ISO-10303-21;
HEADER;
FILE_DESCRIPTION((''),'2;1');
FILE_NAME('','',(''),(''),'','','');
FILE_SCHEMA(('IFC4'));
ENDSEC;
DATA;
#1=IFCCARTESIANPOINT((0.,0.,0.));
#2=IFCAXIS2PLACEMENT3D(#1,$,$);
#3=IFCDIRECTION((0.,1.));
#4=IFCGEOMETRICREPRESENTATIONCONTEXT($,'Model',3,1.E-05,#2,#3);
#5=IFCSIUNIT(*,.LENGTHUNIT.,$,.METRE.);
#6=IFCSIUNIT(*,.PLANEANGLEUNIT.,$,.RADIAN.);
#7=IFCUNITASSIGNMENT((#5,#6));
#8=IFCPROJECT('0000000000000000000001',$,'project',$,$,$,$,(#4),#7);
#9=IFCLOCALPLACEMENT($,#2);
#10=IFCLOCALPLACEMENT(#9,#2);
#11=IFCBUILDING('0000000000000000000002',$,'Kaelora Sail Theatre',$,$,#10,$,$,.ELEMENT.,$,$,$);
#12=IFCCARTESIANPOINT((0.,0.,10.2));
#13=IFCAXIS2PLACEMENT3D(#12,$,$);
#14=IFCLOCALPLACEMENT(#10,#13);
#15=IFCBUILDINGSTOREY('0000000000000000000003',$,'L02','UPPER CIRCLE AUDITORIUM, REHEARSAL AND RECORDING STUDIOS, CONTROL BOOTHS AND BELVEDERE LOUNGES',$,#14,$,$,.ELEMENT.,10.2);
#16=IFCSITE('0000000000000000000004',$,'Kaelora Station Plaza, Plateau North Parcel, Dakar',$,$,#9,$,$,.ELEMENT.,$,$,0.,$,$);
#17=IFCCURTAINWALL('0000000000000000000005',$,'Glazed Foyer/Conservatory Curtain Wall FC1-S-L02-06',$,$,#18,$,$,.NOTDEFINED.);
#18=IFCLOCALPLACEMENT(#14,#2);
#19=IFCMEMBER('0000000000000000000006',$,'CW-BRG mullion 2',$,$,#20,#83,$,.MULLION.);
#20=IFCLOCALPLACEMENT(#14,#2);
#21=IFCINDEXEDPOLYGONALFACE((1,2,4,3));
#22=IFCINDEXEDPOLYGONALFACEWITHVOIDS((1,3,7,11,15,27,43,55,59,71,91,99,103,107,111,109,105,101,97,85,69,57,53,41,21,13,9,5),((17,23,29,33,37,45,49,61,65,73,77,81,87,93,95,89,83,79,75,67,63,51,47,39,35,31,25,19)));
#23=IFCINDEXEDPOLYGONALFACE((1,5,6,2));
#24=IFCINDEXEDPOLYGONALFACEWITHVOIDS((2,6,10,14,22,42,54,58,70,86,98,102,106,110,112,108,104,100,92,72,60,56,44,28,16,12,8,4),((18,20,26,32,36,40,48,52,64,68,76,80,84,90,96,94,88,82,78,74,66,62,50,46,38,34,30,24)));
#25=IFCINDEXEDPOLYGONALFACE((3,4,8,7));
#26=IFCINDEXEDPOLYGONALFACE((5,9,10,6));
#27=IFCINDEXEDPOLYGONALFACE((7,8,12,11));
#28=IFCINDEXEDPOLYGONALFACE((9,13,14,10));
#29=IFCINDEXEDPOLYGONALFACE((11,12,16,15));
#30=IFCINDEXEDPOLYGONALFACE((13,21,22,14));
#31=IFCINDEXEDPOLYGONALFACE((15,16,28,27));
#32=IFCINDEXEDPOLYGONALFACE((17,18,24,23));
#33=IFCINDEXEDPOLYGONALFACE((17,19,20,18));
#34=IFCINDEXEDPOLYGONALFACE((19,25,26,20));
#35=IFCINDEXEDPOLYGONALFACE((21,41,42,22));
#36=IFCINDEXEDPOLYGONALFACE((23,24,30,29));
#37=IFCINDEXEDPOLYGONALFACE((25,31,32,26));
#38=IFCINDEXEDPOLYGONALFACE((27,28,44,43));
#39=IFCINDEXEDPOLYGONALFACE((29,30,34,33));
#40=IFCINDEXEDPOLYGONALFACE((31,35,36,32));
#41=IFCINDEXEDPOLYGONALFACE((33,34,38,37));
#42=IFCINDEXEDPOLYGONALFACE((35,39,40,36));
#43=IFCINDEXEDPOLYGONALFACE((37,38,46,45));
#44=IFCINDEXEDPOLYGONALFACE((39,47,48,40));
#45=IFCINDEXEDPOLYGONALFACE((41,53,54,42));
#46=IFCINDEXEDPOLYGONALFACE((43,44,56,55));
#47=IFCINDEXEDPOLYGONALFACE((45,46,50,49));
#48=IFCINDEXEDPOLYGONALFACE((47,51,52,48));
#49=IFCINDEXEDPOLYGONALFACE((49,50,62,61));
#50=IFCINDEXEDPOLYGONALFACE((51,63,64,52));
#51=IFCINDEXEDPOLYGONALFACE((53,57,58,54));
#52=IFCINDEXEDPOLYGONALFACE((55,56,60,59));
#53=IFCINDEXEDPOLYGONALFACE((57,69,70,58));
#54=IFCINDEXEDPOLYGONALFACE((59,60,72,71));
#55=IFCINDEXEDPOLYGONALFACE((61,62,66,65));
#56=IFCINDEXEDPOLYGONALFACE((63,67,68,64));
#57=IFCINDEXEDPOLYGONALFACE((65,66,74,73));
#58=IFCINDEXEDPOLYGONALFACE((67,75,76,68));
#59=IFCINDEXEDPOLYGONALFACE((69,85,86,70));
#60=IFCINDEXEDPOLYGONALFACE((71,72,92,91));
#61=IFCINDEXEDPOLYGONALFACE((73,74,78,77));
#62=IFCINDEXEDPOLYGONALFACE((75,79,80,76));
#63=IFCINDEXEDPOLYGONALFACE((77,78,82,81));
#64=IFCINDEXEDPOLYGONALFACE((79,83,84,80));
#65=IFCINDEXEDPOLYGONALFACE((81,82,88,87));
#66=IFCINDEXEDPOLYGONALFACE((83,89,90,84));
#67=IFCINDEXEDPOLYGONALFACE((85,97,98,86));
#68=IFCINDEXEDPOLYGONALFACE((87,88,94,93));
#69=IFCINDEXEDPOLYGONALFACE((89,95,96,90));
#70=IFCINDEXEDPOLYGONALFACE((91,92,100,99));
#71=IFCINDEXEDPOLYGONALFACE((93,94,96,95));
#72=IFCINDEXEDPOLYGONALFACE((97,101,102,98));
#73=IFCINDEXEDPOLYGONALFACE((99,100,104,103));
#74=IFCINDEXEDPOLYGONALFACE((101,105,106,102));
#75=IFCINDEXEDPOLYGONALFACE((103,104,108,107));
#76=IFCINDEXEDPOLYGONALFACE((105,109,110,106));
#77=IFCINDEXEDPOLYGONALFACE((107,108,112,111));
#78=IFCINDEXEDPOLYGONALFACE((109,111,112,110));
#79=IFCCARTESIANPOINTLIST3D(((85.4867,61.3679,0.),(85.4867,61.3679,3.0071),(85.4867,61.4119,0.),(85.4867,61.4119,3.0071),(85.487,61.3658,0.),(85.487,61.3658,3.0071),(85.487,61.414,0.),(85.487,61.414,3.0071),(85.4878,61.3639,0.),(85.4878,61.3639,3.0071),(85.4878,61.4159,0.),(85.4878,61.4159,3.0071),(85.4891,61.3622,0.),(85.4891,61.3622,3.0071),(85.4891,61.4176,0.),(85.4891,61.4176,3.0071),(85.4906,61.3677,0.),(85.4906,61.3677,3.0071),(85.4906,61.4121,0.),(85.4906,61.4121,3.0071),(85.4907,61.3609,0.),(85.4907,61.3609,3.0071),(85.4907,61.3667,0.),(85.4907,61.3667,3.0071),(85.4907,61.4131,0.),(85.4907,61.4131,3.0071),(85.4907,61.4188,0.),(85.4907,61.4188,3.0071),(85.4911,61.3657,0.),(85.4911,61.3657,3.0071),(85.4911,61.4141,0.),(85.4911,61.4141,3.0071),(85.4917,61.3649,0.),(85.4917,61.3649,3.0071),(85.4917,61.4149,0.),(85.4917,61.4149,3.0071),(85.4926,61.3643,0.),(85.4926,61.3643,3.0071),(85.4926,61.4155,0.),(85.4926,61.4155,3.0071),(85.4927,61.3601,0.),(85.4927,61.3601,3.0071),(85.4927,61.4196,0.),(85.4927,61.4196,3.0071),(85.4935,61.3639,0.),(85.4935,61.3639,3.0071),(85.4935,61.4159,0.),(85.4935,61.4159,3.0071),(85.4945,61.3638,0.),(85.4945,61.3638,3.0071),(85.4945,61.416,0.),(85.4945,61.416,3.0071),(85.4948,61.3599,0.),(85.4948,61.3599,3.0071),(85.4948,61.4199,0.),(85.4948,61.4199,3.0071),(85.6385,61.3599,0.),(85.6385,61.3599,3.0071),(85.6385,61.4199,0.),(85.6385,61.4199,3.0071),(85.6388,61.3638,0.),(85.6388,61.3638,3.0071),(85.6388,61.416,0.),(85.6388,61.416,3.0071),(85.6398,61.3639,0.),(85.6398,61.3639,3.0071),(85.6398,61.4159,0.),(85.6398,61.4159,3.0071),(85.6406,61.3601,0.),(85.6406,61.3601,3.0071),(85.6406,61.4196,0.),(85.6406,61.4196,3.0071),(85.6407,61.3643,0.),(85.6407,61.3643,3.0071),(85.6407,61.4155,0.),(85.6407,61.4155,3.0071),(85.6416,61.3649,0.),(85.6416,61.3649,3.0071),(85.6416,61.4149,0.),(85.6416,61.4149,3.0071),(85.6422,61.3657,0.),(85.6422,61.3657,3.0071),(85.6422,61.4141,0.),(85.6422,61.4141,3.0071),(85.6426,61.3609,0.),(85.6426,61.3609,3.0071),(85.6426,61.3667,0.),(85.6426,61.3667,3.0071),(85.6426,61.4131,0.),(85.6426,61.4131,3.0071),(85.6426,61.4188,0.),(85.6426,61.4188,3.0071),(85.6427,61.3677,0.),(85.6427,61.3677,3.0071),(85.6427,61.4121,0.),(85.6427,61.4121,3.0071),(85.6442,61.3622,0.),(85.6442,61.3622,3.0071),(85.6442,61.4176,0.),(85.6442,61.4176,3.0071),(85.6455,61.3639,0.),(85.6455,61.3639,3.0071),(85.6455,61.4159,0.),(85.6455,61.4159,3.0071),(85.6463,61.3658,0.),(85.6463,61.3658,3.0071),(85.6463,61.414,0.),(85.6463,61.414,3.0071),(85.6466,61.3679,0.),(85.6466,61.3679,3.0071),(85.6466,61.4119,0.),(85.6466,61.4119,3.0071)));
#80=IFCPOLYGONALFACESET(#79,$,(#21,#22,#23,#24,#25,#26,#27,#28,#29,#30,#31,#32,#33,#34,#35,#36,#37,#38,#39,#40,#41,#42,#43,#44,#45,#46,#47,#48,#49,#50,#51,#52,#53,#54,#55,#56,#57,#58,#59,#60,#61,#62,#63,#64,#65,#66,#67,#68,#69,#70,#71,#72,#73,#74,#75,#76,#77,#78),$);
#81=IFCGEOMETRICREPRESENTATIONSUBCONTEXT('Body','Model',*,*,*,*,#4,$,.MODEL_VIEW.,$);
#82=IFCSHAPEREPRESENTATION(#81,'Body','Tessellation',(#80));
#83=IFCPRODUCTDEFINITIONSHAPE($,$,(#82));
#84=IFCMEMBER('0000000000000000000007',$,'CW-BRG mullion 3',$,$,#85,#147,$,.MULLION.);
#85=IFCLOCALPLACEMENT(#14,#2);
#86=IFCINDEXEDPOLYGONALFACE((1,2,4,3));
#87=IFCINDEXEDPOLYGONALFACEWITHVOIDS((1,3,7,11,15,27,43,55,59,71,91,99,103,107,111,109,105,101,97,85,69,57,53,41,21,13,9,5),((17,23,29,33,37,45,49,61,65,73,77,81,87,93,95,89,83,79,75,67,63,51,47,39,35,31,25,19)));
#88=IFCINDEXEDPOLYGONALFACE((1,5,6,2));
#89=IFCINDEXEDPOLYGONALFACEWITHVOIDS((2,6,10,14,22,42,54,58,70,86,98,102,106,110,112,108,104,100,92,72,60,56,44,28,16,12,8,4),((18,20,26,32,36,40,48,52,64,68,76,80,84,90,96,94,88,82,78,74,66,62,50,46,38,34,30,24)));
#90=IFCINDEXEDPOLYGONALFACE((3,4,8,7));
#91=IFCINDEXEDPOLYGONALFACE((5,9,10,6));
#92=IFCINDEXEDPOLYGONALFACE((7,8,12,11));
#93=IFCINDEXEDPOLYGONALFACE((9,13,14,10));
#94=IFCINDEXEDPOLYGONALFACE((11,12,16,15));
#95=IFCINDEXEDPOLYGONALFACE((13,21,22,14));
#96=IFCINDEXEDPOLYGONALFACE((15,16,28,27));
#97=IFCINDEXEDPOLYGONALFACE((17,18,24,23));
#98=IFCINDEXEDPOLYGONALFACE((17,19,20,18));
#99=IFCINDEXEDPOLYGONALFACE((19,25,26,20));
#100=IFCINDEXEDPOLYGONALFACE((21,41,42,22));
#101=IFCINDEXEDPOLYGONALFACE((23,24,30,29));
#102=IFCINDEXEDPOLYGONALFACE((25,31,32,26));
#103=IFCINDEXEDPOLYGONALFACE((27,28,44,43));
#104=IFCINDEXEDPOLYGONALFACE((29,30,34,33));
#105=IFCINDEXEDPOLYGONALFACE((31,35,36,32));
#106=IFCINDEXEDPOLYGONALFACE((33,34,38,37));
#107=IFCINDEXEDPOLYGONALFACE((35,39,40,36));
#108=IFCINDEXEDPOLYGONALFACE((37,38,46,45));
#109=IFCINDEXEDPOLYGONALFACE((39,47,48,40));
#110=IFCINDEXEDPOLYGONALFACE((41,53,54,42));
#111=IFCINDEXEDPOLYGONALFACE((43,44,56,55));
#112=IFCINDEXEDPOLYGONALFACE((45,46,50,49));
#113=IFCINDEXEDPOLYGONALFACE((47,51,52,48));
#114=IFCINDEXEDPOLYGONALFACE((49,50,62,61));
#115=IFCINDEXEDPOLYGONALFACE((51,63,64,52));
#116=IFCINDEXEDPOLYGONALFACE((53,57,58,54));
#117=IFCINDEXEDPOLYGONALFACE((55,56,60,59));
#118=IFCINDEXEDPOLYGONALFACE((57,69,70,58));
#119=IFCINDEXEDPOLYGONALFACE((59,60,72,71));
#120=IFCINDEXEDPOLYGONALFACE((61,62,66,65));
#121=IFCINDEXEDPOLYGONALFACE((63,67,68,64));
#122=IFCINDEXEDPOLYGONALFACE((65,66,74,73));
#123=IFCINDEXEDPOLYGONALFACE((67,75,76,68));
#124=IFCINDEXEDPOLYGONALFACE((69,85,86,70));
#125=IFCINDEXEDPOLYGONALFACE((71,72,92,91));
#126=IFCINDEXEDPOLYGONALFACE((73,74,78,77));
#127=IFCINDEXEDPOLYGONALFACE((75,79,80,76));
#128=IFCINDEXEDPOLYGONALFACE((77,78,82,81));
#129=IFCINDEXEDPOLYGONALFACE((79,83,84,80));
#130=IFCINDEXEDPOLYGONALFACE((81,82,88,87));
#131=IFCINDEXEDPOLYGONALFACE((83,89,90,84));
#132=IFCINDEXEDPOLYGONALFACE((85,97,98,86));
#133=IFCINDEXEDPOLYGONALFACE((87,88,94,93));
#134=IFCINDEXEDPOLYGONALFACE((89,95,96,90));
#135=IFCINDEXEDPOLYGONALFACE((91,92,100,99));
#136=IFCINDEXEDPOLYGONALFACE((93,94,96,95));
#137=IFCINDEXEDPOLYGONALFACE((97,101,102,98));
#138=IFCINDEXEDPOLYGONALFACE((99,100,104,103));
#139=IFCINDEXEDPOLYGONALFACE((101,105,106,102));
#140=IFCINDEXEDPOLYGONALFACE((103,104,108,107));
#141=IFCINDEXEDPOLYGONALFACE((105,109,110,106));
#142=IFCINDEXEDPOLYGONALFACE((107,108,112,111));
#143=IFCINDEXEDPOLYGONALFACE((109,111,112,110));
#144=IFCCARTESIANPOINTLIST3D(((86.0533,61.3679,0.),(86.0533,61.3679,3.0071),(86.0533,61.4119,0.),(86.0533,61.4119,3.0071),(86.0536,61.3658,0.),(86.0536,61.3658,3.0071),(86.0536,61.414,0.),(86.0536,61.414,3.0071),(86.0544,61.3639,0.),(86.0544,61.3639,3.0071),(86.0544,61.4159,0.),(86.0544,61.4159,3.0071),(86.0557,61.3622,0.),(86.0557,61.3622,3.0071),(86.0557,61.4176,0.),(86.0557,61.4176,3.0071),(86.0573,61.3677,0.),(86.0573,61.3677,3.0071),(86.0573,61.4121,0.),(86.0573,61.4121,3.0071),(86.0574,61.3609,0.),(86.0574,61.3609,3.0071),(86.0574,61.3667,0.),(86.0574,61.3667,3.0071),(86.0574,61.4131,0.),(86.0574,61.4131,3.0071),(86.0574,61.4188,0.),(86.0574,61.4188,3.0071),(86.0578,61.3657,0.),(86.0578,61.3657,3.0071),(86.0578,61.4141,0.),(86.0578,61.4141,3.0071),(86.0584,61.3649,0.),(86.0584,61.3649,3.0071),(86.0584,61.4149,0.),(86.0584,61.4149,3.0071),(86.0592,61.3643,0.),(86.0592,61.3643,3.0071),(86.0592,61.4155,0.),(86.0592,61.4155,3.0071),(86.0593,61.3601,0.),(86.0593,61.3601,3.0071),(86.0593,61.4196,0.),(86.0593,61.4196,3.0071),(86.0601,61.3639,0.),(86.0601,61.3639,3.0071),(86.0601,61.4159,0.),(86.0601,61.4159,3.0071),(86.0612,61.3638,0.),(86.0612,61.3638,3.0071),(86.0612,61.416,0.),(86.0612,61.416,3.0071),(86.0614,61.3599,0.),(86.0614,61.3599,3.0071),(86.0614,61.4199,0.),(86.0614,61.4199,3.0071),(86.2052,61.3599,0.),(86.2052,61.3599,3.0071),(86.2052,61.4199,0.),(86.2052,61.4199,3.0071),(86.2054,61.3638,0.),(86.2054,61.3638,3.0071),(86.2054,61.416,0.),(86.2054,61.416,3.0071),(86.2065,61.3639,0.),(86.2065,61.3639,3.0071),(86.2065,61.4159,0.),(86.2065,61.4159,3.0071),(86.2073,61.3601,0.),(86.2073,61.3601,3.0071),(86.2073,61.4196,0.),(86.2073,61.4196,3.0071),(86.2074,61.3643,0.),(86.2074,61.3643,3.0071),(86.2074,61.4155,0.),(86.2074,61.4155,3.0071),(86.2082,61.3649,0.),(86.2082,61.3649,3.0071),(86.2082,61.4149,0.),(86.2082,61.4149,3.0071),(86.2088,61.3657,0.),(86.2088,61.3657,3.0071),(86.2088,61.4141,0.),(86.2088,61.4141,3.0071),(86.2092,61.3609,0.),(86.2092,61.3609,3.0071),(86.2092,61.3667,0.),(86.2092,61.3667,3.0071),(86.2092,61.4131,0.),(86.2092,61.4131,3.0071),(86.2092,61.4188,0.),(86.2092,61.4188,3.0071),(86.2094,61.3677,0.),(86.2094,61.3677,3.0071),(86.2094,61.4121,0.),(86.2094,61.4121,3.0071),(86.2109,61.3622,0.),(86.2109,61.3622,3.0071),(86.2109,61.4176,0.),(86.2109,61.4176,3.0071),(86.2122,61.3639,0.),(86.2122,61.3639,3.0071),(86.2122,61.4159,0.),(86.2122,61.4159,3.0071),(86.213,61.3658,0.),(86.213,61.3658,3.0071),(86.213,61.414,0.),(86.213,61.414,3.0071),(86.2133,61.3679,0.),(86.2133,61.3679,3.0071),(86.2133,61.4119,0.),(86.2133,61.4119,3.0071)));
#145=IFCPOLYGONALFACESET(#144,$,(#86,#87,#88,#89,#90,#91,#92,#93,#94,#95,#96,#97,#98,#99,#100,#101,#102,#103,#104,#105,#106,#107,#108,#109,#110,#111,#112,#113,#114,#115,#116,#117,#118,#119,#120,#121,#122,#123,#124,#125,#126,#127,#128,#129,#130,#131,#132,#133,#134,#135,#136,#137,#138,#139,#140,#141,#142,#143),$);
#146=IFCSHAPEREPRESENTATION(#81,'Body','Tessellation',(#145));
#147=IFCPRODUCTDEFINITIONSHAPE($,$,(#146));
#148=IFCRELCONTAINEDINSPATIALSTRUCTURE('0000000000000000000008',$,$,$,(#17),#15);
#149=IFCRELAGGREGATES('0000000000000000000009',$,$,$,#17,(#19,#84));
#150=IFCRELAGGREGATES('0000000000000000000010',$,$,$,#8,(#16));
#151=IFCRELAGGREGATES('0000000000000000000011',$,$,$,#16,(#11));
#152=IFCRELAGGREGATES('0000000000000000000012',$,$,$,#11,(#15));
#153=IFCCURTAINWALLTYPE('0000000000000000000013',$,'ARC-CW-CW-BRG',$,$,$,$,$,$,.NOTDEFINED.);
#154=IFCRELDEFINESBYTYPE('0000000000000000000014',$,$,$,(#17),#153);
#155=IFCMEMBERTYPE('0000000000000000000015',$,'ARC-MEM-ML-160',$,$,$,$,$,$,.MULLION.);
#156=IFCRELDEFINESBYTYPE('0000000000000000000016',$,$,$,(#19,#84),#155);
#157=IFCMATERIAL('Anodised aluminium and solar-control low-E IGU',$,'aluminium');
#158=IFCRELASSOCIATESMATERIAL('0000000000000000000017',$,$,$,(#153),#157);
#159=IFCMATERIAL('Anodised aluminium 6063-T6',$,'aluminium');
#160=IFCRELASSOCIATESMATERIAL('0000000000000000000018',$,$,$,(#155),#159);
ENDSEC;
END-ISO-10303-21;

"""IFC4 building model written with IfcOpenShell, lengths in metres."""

from ifc_helpers import new_model, si_unit, direction, frame, origin, origin_2d, place, context, subcontext, project, spatial, hollow_rectangle, extrude, material, material_profile, profile_set, type_object, element, aggregate, save


model = new_model("IFC4")

# Units and contexts
model_context = context("Model", 3, precision=1e-05, world=origin(), true_north=direction((0.0, 1.0)))
body_context = subcontext(model_context, "Body", "Model", "MODEL_VIEW")
ifc_project = project(units=[si_unit("LENGTHUNIT", "METRE"), si_unit("PLANEANGLEUNIT", "RADIAN")], contexts=[model_context])

# Site, building, storey
site_placement = place(None, origin())
site = spatial("IfcSite", under=ifc_project, at=site_placement, Name="Kaelora Station Plaza, Plateau North Parcel, Dakar", CompositionType="ELEMENT", RefElevation=0.0)
building_placement = place(site_placement, origin())
building = spatial("IfcBuilding", under=site, at=building_placement, Name="Kaelora Sail Theatre", CompositionType="ELEMENT")
storey_placement = place(building_placement, frame((0.0, 0.0, 10.2)))
storey = spatial("IfcBuildingStorey", under=building, at=storey_placement, Name="L02", Description="UPPER CIRCLE AUDITORIUM, REHEARSAL AND RECORDING STUDIOS, CONTROL BOOTHS AND BELVEDERE LOUNGES", CompositionType="ELEMENT", Elevation=10.2)

# Curtain wall, members
ifc_material_1 = material(Name="Anodised aluminium and solar-control low-E IGU", Category="aluminium")
curtain_wall_type = type_object("IfcCurtainWallType", Name="ARC-CW-CW-BRG", PredefinedType="NOTDEFINED", material=ifc_material_1)
curtain_wall_1_placement = place(storey_placement, origin())
curtain_wall_1 = element("IfcCurtainWall", 1, at=curtain_wall_1_placement, inside=storey, type_object=curtain_wall_type, Name="Glazed Foyer/Conservatory Curtain Wall FC1-S-L02-06", PredefinedType="NOTDEFINED")
ifc_material_2 = material(Name="Anodised aluminium 6063-T6", Category="aluminium")
ifc_material_profile_1 = material_profile(ifc_material_2, hollow_rectangle(XDim=0.0601, YDim=0.1599, WallThickness=0.0039, InnerFilletRadius=0.0039, OuterFilletRadius=0.0081, at=origin_2d()), Name="ALU-MULL 60x160x4")
ifc_profile_set_1 = profile_set([ifc_material_profile_1], Name="Anodised aluminium 6063-T6")
member_type_1 = type_object("IfcMemberType", Name="ARC-MEM-ML-160", PredefinedType="MULLION", material=ifc_profile_set_1)
member_1_placement = place(storey_placement, frame((85.5667, 61.3899, 0.0), z_axis=(0.0, 0.0, 1.0), x_axis=(0.0, 1.0, 0.0)))
member_1 = element("IfcMember", 2, at=member_1_placement, type_object=member_type_1, Name="CW-BRG mullion 2", PredefinedType="MULLION", context=body_context, shape_type="SweptSolid", body=[
    extrude(hollow_rectangle(XDim=0.0601, YDim=0.1599, WallThickness=0.0039, InnerFilletRadius=0.0039, OuterFilletRadius=0.0081, at=origin_2d()), origin(), (0.0, 0.0, 1.0), 3.0071),
])
member_2_placement = place(storey_placement, frame((86.1333, 61.3899, 0.0), z_axis=(0.0, 0.0, 1.0), x_axis=(0.0, 1.0, 0.0)))
member_2 = element("IfcMember", 3, at=member_2_placement, type_object=member_type_1, Name="CW-BRG mullion 3", PredefinedType="MULLION", context=body_context, shape_type="SweptSolid", body=[
    extrude(hollow_rectangle(XDim=0.0601, YDim=0.1599, WallThickness=0.0039, InnerFilletRadius=0.0039, OuterFilletRadius=0.0081, at=origin_2d()), origin(), (0.0, 0.0, 1.0), 3.0071),
])

aggregate(curtain_wall_1, [member_1, member_2])

save(model, "model.ifc")
